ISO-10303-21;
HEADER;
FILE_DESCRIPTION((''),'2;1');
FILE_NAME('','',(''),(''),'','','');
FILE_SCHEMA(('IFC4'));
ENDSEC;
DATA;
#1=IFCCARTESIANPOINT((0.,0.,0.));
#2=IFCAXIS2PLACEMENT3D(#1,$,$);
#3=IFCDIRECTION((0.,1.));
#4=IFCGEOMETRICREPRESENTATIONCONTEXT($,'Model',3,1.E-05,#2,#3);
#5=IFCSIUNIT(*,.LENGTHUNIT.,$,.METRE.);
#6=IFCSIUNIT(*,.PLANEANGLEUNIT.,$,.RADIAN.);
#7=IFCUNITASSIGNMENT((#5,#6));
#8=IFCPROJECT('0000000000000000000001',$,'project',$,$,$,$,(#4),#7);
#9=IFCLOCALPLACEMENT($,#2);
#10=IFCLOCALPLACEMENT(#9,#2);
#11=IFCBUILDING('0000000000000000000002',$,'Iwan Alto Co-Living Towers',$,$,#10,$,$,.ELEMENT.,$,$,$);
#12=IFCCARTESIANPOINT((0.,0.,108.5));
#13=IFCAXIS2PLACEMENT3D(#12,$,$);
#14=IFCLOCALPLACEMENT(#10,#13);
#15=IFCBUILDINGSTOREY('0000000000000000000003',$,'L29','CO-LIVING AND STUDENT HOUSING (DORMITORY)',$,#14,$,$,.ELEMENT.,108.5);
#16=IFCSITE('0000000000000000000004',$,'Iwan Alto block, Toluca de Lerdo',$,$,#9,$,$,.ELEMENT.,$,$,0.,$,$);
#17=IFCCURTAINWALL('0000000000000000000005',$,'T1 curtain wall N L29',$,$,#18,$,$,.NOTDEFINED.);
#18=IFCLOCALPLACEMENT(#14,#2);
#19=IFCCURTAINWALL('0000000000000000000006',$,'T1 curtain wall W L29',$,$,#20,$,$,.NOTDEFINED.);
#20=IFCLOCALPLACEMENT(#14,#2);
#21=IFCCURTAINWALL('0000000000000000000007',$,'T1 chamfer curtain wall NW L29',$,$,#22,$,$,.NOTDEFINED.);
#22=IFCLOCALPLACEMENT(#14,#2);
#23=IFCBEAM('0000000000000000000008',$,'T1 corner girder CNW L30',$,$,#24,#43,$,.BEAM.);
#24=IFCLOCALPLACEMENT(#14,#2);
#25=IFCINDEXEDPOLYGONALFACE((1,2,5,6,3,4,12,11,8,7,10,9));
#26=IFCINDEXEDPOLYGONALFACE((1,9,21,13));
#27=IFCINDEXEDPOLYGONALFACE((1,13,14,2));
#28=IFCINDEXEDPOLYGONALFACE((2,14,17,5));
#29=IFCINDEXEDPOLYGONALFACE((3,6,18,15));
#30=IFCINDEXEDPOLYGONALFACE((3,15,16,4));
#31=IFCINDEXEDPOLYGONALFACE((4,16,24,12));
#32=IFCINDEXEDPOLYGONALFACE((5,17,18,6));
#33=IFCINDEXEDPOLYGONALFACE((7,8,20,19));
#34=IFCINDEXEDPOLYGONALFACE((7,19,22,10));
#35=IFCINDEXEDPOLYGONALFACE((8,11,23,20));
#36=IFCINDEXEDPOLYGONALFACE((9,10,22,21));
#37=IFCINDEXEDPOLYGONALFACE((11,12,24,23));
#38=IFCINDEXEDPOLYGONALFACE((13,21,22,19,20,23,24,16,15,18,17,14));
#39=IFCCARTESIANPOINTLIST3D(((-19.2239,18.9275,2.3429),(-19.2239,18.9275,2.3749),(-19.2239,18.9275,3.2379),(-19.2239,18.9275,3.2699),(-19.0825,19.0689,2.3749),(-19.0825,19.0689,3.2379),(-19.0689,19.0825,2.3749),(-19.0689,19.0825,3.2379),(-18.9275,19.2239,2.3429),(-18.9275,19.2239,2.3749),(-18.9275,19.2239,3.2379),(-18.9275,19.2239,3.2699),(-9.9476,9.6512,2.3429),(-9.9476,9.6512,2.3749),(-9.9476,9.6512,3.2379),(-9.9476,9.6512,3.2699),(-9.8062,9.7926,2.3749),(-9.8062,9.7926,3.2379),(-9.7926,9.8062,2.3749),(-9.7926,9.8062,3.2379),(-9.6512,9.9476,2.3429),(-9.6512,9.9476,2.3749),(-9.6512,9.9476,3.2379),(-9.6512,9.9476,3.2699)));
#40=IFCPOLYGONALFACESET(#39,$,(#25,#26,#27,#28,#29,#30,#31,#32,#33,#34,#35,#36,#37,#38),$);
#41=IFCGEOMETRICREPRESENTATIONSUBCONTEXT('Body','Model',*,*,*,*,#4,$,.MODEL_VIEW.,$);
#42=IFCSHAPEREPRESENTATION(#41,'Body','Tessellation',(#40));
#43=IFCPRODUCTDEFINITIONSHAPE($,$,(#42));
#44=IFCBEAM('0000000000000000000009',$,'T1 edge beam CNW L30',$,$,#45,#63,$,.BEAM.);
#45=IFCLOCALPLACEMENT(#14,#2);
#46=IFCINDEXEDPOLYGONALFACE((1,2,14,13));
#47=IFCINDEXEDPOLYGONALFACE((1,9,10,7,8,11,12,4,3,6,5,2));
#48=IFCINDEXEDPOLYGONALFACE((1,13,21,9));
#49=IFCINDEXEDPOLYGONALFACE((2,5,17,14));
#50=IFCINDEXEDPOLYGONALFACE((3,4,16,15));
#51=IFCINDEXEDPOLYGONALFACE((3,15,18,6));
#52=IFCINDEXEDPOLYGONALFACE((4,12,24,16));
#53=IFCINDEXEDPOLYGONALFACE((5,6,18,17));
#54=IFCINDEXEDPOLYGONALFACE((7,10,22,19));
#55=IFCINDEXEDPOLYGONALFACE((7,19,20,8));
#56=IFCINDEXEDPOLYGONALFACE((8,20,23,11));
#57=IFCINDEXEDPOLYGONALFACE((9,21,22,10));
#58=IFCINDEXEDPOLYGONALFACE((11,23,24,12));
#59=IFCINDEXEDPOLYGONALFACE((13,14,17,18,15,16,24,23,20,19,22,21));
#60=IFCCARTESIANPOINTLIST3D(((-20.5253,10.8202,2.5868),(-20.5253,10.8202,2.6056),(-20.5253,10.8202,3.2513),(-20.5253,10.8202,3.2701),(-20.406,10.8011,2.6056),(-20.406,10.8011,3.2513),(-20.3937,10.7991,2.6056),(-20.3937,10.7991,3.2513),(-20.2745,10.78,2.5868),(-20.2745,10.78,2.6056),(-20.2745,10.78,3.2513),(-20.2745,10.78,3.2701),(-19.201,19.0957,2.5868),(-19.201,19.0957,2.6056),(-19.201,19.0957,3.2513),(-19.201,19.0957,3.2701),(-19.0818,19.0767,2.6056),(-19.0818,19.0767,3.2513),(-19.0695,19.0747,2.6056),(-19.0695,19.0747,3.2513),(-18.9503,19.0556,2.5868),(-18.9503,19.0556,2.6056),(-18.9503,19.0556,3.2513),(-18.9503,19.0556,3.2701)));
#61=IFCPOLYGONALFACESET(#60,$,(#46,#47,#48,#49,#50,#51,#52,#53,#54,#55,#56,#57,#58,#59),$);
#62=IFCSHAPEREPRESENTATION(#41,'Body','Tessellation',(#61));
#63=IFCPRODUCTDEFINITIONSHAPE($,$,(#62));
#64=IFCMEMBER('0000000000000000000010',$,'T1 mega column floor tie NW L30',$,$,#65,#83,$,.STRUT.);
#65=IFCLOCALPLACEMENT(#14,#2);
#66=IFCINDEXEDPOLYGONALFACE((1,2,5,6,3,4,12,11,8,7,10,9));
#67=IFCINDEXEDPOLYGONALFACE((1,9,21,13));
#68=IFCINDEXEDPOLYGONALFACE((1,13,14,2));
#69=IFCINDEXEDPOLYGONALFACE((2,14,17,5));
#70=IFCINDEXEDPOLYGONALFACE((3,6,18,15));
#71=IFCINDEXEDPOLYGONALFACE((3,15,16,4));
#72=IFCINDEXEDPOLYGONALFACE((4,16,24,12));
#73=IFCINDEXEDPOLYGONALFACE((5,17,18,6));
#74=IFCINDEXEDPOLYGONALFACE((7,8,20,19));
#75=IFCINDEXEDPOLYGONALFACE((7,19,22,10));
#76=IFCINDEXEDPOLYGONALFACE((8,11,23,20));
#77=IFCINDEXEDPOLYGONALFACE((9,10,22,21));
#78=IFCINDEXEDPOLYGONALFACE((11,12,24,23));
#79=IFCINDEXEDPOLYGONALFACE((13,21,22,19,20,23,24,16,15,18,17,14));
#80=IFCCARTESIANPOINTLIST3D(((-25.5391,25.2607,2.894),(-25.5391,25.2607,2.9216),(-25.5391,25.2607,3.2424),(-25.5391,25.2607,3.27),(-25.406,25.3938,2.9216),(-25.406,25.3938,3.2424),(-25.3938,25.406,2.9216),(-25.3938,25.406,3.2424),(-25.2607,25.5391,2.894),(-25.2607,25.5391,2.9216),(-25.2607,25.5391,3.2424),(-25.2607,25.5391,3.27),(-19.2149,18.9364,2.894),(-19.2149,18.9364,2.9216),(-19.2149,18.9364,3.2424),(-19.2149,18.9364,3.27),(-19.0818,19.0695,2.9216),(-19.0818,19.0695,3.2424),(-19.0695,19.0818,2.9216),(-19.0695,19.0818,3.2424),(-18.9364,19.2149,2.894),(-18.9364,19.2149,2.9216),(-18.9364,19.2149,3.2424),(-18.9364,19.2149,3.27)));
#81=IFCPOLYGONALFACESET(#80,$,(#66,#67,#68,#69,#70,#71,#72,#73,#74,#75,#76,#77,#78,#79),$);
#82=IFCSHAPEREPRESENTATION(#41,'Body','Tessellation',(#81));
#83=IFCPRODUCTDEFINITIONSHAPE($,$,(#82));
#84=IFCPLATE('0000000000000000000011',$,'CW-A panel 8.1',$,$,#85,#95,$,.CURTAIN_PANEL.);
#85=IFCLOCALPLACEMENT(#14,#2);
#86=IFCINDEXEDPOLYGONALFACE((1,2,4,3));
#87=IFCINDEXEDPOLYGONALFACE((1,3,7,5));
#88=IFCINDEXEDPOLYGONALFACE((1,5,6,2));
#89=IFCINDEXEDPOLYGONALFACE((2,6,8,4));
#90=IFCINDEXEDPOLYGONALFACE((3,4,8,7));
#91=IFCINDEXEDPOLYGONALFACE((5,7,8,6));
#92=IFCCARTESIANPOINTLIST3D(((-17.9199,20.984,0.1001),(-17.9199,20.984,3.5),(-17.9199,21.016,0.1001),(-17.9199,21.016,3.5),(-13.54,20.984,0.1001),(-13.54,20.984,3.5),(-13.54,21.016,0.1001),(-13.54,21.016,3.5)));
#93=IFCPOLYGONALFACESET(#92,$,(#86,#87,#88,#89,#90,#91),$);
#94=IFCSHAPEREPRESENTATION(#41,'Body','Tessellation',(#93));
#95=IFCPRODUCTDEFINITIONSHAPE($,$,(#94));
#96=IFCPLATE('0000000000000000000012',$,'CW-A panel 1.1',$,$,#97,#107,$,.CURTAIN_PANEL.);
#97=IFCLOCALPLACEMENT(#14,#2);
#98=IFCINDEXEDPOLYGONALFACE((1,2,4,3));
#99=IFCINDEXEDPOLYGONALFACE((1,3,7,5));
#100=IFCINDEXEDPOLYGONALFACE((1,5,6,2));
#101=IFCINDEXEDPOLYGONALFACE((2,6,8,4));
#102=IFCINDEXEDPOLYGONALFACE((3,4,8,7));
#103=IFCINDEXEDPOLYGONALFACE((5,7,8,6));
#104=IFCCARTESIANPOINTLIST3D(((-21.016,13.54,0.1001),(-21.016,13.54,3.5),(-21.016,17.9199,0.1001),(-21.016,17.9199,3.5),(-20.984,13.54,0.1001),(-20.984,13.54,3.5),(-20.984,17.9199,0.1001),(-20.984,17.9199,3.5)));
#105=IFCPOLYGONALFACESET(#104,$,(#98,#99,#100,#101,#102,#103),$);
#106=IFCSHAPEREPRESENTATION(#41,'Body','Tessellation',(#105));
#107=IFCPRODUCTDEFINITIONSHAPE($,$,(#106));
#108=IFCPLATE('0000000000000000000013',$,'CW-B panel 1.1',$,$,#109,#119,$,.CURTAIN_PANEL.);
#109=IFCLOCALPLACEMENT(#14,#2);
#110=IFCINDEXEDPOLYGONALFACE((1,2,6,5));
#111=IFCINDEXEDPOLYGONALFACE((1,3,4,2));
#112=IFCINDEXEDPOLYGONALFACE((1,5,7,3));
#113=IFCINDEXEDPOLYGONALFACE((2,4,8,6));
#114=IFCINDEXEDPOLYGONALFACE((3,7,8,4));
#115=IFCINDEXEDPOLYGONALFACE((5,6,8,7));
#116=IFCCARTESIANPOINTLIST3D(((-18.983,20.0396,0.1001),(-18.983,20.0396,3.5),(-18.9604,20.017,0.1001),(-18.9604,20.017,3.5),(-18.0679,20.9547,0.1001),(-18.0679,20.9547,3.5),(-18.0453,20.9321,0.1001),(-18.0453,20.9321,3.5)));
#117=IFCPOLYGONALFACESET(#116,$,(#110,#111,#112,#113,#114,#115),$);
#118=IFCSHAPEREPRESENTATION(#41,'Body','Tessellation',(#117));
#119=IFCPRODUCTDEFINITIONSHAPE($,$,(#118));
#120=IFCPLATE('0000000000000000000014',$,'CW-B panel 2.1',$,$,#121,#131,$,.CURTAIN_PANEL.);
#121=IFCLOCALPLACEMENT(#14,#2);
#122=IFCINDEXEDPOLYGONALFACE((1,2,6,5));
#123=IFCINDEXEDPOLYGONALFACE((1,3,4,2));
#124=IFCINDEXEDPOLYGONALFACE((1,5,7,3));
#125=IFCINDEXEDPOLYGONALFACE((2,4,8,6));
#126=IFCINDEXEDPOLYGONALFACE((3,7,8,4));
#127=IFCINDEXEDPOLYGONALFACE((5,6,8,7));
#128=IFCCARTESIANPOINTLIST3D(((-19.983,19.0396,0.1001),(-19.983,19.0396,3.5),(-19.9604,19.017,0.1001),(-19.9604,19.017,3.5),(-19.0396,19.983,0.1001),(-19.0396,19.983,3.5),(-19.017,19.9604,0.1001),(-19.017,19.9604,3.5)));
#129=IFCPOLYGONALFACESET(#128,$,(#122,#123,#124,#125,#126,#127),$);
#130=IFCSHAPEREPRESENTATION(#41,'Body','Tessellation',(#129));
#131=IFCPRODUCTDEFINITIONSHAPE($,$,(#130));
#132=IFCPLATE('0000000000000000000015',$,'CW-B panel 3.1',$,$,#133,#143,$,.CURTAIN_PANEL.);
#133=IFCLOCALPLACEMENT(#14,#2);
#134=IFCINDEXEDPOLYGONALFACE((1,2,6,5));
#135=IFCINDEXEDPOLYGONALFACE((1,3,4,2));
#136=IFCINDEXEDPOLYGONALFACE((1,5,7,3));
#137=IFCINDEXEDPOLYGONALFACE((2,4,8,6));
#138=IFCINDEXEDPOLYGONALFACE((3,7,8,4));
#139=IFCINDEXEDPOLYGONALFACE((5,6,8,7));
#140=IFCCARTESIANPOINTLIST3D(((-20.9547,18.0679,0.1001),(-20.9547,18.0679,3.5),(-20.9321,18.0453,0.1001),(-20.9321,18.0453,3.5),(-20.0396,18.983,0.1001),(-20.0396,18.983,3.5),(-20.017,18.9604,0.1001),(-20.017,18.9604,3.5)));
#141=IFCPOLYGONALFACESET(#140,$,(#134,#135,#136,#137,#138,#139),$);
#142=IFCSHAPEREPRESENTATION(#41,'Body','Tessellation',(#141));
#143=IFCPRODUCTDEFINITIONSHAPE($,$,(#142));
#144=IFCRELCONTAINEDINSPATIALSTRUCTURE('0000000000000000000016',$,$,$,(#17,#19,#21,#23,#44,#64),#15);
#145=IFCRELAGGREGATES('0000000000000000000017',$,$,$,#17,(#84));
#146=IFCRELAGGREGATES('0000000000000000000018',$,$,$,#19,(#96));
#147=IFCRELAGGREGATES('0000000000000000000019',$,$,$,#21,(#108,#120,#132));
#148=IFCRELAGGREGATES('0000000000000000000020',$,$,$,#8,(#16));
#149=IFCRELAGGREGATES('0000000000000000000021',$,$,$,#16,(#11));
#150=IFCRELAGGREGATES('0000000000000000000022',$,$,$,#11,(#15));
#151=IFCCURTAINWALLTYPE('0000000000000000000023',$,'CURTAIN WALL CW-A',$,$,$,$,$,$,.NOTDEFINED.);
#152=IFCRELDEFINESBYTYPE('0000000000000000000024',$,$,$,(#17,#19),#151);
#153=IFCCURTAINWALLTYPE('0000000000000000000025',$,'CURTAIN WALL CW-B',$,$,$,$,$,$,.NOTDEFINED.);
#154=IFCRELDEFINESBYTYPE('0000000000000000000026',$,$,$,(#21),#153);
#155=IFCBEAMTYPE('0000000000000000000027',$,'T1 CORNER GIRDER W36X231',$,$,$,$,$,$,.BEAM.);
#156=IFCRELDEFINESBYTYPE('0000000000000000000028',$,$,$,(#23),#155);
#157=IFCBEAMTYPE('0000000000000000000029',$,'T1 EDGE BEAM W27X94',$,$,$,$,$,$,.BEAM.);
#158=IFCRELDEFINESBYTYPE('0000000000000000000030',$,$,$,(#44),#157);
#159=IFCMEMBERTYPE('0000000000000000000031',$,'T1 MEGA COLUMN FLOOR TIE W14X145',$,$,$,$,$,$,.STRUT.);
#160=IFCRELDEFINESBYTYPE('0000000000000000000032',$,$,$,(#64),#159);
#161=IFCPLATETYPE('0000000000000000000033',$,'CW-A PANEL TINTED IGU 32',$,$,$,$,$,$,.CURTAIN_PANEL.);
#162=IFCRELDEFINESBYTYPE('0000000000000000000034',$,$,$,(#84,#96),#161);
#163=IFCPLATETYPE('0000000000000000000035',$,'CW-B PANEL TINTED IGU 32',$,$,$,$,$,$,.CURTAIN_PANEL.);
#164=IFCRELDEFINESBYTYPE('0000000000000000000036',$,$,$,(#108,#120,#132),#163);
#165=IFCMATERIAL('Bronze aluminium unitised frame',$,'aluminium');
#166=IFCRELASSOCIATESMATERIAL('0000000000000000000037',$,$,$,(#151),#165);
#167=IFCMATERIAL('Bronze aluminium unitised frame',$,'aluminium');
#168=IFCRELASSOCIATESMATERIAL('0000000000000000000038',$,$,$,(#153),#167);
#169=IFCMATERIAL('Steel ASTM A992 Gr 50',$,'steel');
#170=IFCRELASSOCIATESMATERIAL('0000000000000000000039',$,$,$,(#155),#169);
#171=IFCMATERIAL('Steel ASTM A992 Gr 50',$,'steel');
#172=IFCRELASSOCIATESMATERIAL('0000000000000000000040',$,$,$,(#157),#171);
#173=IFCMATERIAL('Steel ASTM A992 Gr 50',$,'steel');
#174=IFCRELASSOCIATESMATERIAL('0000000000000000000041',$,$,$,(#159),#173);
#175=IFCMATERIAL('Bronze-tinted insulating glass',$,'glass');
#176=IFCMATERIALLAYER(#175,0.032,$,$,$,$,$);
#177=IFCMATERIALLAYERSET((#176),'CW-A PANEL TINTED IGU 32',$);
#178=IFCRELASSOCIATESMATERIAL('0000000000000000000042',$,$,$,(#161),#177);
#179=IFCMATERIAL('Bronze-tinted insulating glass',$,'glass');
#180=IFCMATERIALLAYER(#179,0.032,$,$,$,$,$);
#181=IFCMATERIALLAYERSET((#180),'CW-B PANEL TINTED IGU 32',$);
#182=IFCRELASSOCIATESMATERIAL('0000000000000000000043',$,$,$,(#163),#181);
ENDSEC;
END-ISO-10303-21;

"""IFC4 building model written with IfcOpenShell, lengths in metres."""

from ifc_helpers import new_model, si_unit, direction, frame, origin, origin_2d, place, context, subcontext, project, spatial, rectangle, i_section, extrude, material, layer, layer_set, material_profile, profile_set, type_object, element, aggregate, save


model = new_model("IFC4")

# Units and contexts
model_context = context("Model", 3, precision=1e-05, world=origin(), true_north=direction((0.0, 1.0)))
body_context = subcontext(model_context, "Body", "Model", "MODEL_VIEW")
ifc_project = project(units=[si_unit("LENGTHUNIT", "METRE"), si_unit("PLANEANGLEUNIT", "RADIAN")], contexts=[model_context])

# Site, building, storey
site_placement = place(None, origin())
site = spatial("IfcSite", under=ifc_project, at=site_placement, Name="Iwan Alto block, Toluca de Lerdo", CompositionType="ELEMENT", RefElevation=0.0)
building_placement = place(site_placement, origin())
building = spatial("IfcBuilding", under=site, at=building_placement, Name="Iwan Alto Co-Living Towers", CompositionType="ELEMENT")
storey_placement = place(building_placement, frame((0.0, 0.0, 108.5)))
storey = spatial("IfcBuildingStorey", under=building, at=storey_placement, Name="L29", Description="CO-LIVING AND STUDENT HOUSING (DORMITORY)", CompositionType="ELEMENT", Elevation=108.5)

# Curtain wall
ifc_material_1 = material(Name="Bronze aluminium unitised frame", Category="aluminium")
curtain_wall_type_1 = type_object("IfcCurtainWallType", Name="CURTAIN WALL CW-A", PredefinedType="NOTDEFINED", material=ifc_material_1)
curtain_wall_1_placement = place(storey_placement, origin())
curtain_wall_1 = element("IfcCurtainWall", 1, at=curtain_wall_1_placement, inside=storey, type_object=curtain_wall_type_1, Name="T1 curtain wall N L29", PredefinedType="NOTDEFINED")

# Curtain walls
curtain_wall_2_placement = place(storey_placement, origin())
curtain_wall_2 = element("IfcCurtainWall", 2, at=curtain_wall_2_placement, inside=storey, type_object=curtain_wall_type_1, Name="T1 curtain wall W L29", PredefinedType="NOTDEFINED")
ifc_material_2 = material(Name="Bronze aluminium unitised frame", Category="aluminium")
curtain_wall_type_2 = type_object("IfcCurtainWallType", Name="CURTAIN WALL CW-B", PredefinedType="NOTDEFINED", material=ifc_material_2)
curtain_wall_3_placement = place(storey_placement, origin())
curtain_wall_3 = element("IfcCurtainWall", 3, at=curtain_wall_3_placement, inside=storey, type_object=curtain_wall_type_2, Name="T1 chamfer curtain wall NW L29", PredefinedType="NOTDEFINED")

# Beams
ifc_material_3 = material(Name="Steel ASTM A992 Gr 50", Category="steel")
ifc_material_profile_1 = material_profile(ifc_material_3, i_section(OverallWidth=0.4192, OverallDepth=0.927, WebThickness=0.0193, FlangeThickness=0.032, at=origin_2d()), Name="W36X231")
ifc_profile_set_1 = profile_set([ifc_material_profile_1], Name="Steel ASTM A992 Gr 50")
beam_type_1 = type_object("IfcBeamType", Name="T1 CORNER GIRDER W36X231", PredefinedType="BEAM", material=ifc_profile_set_1)
beam_1_placement = place(storey_placement, frame((-19.0757, 19.0757, 2.8064), z_axis=(0.707107, -0.707107, 0.0), x_axis=(0.707107, 0.707107, 0.0)))
element("IfcBeam", 4, at=beam_1_placement, inside=storey, type_object=beam_type_1, Name="T1 corner girder CNW L30", PredefinedType="BEAM", context=body_context, shape_type="SweptSolid", body=[
    extrude(i_section(OverallWidth=0.4192, OverallDepth=0.927, WebThickness=0.0193, FlangeThickness=0.032, at=origin_2d()), origin(), (0.0, 0.0, 1.0), 13.1187),
])
ifc_material_4 = material(Name="Steel ASTM A992 Gr 50", Category="steel")
ifc_material_profile_2 = material_profile(ifc_material_4, i_section(OverallWidth=0.2539, OverallDepth=0.6833, WebThickness=0.0125, FlangeThickness=0.0188, at=origin_2d()), Name="W27X94")
ifc_profile_set_2 = profile_set([ifc_material_profile_2], Name="Steel ASTM A992 Gr 50")
beam_type_2 = type_object("IfcBeamType", Name="T1 EDGE BEAM W27X94", PredefinedType="BEAM", material=ifc_profile_set_2)
beam_2_placement = place(storey_placement, frame((-19.0757, 19.0757, 2.9285), z_axis=(-0.158004, -0.987438, 0.0), x_axis=(0.987438, -0.158004, 0.0)))
element("IfcBeam", 5, at=beam_2_placement, inside=storey, type_object=beam_type_2, Name="T1 edge beam CNW L30", PredefinedType="BEAM", context=body_context, shape_type="SweptSolid", body=[
    extrude(i_section(OverallWidth=0.2539, OverallDepth=0.6833, WebThickness=0.0125, FlangeThickness=0.0188, at=origin_2d()), origin(), (0.0, 0.0, 1.0), 8.3809),
])

# Member
ifc_material_5 = material(Name="Steel ASTM A992 Gr 50", Category="steel")
ifc_material_profile_3 = material_profile(ifc_material_5, i_section(OverallWidth=0.3938, OverallDepth=0.376, WebThickness=0.0173, FlangeThickness=0.0276, at=origin_2d()), Name="W14X145")
ifc_profile_set_3 = profile_set([ifc_material_profile_3], Name="Steel ASTM A992 Gr 50")
member_type_1 = type_object("IfcMemberType", Name="T1 MEGA COLUMN FLOOR TIE W14X145", PredefinedType="STRUT", material=ifc_profile_set_3)
member_1_placement = place(storey_placement, frame((-25.3999, 25.3999, 3.082), z_axis=(0.707107, -0.707107, 0.0), x_axis=(0.707107, 0.707107, 0.0)))
element("IfcMember", 6, at=member_1_placement, inside=storey, type_object=member_type_1, Name="T1 mega column floor tie NW L30", PredefinedType="STRUT", context=body_context, shape_type="SweptSolid", body=[
    extrude(i_section(OverallWidth=0.3938, OverallDepth=0.376, WebThickness=0.0173, FlangeThickness=0.0276, at=origin_2d()), origin(), (0.0, 0.0, 1.0), 8.9438),
])

# Plates
ifc_material_6 = material(Name="Bronze-tinted insulating glass", Category="glass")
ifc_layer_1 = layer(ifc_material_6, 0.032)
ifc_layer_set_1 = layer_set([ifc_layer_1], Name="CW-A PANEL TINTED IGU 32")
plate_type_1 = type_object("IfcPlateType", Name="CW-A PANEL TINTED IGU 32", PredefinedType="CURTAIN_PANEL", material=ifc_layer_set_1)
plate_1_placement = place(storey_placement, frame((-15.73, 21.0, 0.1001), z_axis=(0.0, 0.0, 1.0), x_axis=(-1.0, 0.0, 0.0)))
plate_1 = element("IfcPlate", 7, at=plate_1_placement, type_object=plate_type_1, Name="CW-A panel 8.1", PredefinedType="CURTAIN_PANEL", context=body_context, shape_type="SweptSolid", body=[
    extrude(rectangle(XDim=4.3799, YDim=0.032, at=origin_2d()), origin(), (0.0, 0.0, 1.0), 3.3999),
])
aggregate(curtain_wall_1, [plate_1])
plate_2_placement = place(storey_placement, frame((-21.0, 15.73, 0.1001), z_axis=(0.0, 0.0, 1.0), x_axis=(0.0, -1.0, 0.0)))
plate_2 = element("IfcPlate", 8, at=plate_2_placement, type_object=plate_type_1, Name="CW-A panel 1.1", PredefinedType="CURTAIN_PANEL", context=body_context, shape_type="SweptSolid", body=[
    extrude(rectangle(XDim=4.3799, YDim=0.032, at=origin_2d()), origin(), (0.0, 0.0, 1.0), 3.3999),
])
aggregate(curtain_wall_2, [plate_2])
ifc_material_7 = material(Name="Bronze-tinted insulating glass", Category="glass")
ifc_layer_2 = layer(ifc_material_7, 0.032)
ifc_layer_set_2 = layer_set([ifc_layer_2], Name="CW-B PANEL TINTED IGU 32")
plate_type_2 = type_object("IfcPlateType", Name="CW-B PANEL TINTED IGU 32", PredefinedType="CURTAIN_PANEL", material=ifc_layer_set_2)
plate_3_placement = place(storey_placement, frame((-18.5142, 20.4858, 0.1001), z_axis=(0.0, 0.0, 1.0), x_axis=(-0.707107, -0.707107, 0.0)))
plate_3 = element("IfcPlate", 9, at=plate_3_placement, type_object=plate_type_2, Name="CW-B panel 1.1", PredefinedType="CURTAIN_PANEL", context=body_context, shape_type="SweptSolid", body=[
    extrude(rectangle(XDim=1.2942, YDim=0.032, at=origin_2d()), origin(), (0.0, 0.0, 1.0), 3.3999),
])
plate_4_placement = place(storey_placement, frame((-19.5, 19.5, 0.1001), z_axis=(0.0, 0.0, 1.0), x_axis=(-0.707107, -0.707107, 0.0)))
plate_4 = element("IfcPlate", 10, at=plate_4_placement, type_object=plate_type_2, Name="CW-B panel 2.1", PredefinedType="CURTAIN_PANEL", context=body_context, shape_type="SweptSolid", body=[
    extrude(rectangle(XDim=1.3342, YDim=0.032, at=origin_2d()), origin(), (0.0, 0.0, 1.0), 3.3999),
])
plate_5_placement = place(storey_placement, frame((-20.4858, 18.5142, 0.1001), z_axis=(0.0, 0.0, 1.0), x_axis=(-0.707107, -0.707107, 0.0)))
plate_5 = element("IfcPlate", 11, at=plate_5_placement, type_object=plate_type_2, Name="CW-B panel 3.1", PredefinedType="CURTAIN_PANEL", context=body_context, shape_type="SweptSolid", body=[
    extrude(rectangle(XDim=1.2942, YDim=0.032, at=origin_2d()), origin(), (0.0, 0.0, 1.0), 3.3999),
])
aggregate(curtain_wall_3, [plate_3, plate_4, plate_5])

save(model, "model.ifc")
